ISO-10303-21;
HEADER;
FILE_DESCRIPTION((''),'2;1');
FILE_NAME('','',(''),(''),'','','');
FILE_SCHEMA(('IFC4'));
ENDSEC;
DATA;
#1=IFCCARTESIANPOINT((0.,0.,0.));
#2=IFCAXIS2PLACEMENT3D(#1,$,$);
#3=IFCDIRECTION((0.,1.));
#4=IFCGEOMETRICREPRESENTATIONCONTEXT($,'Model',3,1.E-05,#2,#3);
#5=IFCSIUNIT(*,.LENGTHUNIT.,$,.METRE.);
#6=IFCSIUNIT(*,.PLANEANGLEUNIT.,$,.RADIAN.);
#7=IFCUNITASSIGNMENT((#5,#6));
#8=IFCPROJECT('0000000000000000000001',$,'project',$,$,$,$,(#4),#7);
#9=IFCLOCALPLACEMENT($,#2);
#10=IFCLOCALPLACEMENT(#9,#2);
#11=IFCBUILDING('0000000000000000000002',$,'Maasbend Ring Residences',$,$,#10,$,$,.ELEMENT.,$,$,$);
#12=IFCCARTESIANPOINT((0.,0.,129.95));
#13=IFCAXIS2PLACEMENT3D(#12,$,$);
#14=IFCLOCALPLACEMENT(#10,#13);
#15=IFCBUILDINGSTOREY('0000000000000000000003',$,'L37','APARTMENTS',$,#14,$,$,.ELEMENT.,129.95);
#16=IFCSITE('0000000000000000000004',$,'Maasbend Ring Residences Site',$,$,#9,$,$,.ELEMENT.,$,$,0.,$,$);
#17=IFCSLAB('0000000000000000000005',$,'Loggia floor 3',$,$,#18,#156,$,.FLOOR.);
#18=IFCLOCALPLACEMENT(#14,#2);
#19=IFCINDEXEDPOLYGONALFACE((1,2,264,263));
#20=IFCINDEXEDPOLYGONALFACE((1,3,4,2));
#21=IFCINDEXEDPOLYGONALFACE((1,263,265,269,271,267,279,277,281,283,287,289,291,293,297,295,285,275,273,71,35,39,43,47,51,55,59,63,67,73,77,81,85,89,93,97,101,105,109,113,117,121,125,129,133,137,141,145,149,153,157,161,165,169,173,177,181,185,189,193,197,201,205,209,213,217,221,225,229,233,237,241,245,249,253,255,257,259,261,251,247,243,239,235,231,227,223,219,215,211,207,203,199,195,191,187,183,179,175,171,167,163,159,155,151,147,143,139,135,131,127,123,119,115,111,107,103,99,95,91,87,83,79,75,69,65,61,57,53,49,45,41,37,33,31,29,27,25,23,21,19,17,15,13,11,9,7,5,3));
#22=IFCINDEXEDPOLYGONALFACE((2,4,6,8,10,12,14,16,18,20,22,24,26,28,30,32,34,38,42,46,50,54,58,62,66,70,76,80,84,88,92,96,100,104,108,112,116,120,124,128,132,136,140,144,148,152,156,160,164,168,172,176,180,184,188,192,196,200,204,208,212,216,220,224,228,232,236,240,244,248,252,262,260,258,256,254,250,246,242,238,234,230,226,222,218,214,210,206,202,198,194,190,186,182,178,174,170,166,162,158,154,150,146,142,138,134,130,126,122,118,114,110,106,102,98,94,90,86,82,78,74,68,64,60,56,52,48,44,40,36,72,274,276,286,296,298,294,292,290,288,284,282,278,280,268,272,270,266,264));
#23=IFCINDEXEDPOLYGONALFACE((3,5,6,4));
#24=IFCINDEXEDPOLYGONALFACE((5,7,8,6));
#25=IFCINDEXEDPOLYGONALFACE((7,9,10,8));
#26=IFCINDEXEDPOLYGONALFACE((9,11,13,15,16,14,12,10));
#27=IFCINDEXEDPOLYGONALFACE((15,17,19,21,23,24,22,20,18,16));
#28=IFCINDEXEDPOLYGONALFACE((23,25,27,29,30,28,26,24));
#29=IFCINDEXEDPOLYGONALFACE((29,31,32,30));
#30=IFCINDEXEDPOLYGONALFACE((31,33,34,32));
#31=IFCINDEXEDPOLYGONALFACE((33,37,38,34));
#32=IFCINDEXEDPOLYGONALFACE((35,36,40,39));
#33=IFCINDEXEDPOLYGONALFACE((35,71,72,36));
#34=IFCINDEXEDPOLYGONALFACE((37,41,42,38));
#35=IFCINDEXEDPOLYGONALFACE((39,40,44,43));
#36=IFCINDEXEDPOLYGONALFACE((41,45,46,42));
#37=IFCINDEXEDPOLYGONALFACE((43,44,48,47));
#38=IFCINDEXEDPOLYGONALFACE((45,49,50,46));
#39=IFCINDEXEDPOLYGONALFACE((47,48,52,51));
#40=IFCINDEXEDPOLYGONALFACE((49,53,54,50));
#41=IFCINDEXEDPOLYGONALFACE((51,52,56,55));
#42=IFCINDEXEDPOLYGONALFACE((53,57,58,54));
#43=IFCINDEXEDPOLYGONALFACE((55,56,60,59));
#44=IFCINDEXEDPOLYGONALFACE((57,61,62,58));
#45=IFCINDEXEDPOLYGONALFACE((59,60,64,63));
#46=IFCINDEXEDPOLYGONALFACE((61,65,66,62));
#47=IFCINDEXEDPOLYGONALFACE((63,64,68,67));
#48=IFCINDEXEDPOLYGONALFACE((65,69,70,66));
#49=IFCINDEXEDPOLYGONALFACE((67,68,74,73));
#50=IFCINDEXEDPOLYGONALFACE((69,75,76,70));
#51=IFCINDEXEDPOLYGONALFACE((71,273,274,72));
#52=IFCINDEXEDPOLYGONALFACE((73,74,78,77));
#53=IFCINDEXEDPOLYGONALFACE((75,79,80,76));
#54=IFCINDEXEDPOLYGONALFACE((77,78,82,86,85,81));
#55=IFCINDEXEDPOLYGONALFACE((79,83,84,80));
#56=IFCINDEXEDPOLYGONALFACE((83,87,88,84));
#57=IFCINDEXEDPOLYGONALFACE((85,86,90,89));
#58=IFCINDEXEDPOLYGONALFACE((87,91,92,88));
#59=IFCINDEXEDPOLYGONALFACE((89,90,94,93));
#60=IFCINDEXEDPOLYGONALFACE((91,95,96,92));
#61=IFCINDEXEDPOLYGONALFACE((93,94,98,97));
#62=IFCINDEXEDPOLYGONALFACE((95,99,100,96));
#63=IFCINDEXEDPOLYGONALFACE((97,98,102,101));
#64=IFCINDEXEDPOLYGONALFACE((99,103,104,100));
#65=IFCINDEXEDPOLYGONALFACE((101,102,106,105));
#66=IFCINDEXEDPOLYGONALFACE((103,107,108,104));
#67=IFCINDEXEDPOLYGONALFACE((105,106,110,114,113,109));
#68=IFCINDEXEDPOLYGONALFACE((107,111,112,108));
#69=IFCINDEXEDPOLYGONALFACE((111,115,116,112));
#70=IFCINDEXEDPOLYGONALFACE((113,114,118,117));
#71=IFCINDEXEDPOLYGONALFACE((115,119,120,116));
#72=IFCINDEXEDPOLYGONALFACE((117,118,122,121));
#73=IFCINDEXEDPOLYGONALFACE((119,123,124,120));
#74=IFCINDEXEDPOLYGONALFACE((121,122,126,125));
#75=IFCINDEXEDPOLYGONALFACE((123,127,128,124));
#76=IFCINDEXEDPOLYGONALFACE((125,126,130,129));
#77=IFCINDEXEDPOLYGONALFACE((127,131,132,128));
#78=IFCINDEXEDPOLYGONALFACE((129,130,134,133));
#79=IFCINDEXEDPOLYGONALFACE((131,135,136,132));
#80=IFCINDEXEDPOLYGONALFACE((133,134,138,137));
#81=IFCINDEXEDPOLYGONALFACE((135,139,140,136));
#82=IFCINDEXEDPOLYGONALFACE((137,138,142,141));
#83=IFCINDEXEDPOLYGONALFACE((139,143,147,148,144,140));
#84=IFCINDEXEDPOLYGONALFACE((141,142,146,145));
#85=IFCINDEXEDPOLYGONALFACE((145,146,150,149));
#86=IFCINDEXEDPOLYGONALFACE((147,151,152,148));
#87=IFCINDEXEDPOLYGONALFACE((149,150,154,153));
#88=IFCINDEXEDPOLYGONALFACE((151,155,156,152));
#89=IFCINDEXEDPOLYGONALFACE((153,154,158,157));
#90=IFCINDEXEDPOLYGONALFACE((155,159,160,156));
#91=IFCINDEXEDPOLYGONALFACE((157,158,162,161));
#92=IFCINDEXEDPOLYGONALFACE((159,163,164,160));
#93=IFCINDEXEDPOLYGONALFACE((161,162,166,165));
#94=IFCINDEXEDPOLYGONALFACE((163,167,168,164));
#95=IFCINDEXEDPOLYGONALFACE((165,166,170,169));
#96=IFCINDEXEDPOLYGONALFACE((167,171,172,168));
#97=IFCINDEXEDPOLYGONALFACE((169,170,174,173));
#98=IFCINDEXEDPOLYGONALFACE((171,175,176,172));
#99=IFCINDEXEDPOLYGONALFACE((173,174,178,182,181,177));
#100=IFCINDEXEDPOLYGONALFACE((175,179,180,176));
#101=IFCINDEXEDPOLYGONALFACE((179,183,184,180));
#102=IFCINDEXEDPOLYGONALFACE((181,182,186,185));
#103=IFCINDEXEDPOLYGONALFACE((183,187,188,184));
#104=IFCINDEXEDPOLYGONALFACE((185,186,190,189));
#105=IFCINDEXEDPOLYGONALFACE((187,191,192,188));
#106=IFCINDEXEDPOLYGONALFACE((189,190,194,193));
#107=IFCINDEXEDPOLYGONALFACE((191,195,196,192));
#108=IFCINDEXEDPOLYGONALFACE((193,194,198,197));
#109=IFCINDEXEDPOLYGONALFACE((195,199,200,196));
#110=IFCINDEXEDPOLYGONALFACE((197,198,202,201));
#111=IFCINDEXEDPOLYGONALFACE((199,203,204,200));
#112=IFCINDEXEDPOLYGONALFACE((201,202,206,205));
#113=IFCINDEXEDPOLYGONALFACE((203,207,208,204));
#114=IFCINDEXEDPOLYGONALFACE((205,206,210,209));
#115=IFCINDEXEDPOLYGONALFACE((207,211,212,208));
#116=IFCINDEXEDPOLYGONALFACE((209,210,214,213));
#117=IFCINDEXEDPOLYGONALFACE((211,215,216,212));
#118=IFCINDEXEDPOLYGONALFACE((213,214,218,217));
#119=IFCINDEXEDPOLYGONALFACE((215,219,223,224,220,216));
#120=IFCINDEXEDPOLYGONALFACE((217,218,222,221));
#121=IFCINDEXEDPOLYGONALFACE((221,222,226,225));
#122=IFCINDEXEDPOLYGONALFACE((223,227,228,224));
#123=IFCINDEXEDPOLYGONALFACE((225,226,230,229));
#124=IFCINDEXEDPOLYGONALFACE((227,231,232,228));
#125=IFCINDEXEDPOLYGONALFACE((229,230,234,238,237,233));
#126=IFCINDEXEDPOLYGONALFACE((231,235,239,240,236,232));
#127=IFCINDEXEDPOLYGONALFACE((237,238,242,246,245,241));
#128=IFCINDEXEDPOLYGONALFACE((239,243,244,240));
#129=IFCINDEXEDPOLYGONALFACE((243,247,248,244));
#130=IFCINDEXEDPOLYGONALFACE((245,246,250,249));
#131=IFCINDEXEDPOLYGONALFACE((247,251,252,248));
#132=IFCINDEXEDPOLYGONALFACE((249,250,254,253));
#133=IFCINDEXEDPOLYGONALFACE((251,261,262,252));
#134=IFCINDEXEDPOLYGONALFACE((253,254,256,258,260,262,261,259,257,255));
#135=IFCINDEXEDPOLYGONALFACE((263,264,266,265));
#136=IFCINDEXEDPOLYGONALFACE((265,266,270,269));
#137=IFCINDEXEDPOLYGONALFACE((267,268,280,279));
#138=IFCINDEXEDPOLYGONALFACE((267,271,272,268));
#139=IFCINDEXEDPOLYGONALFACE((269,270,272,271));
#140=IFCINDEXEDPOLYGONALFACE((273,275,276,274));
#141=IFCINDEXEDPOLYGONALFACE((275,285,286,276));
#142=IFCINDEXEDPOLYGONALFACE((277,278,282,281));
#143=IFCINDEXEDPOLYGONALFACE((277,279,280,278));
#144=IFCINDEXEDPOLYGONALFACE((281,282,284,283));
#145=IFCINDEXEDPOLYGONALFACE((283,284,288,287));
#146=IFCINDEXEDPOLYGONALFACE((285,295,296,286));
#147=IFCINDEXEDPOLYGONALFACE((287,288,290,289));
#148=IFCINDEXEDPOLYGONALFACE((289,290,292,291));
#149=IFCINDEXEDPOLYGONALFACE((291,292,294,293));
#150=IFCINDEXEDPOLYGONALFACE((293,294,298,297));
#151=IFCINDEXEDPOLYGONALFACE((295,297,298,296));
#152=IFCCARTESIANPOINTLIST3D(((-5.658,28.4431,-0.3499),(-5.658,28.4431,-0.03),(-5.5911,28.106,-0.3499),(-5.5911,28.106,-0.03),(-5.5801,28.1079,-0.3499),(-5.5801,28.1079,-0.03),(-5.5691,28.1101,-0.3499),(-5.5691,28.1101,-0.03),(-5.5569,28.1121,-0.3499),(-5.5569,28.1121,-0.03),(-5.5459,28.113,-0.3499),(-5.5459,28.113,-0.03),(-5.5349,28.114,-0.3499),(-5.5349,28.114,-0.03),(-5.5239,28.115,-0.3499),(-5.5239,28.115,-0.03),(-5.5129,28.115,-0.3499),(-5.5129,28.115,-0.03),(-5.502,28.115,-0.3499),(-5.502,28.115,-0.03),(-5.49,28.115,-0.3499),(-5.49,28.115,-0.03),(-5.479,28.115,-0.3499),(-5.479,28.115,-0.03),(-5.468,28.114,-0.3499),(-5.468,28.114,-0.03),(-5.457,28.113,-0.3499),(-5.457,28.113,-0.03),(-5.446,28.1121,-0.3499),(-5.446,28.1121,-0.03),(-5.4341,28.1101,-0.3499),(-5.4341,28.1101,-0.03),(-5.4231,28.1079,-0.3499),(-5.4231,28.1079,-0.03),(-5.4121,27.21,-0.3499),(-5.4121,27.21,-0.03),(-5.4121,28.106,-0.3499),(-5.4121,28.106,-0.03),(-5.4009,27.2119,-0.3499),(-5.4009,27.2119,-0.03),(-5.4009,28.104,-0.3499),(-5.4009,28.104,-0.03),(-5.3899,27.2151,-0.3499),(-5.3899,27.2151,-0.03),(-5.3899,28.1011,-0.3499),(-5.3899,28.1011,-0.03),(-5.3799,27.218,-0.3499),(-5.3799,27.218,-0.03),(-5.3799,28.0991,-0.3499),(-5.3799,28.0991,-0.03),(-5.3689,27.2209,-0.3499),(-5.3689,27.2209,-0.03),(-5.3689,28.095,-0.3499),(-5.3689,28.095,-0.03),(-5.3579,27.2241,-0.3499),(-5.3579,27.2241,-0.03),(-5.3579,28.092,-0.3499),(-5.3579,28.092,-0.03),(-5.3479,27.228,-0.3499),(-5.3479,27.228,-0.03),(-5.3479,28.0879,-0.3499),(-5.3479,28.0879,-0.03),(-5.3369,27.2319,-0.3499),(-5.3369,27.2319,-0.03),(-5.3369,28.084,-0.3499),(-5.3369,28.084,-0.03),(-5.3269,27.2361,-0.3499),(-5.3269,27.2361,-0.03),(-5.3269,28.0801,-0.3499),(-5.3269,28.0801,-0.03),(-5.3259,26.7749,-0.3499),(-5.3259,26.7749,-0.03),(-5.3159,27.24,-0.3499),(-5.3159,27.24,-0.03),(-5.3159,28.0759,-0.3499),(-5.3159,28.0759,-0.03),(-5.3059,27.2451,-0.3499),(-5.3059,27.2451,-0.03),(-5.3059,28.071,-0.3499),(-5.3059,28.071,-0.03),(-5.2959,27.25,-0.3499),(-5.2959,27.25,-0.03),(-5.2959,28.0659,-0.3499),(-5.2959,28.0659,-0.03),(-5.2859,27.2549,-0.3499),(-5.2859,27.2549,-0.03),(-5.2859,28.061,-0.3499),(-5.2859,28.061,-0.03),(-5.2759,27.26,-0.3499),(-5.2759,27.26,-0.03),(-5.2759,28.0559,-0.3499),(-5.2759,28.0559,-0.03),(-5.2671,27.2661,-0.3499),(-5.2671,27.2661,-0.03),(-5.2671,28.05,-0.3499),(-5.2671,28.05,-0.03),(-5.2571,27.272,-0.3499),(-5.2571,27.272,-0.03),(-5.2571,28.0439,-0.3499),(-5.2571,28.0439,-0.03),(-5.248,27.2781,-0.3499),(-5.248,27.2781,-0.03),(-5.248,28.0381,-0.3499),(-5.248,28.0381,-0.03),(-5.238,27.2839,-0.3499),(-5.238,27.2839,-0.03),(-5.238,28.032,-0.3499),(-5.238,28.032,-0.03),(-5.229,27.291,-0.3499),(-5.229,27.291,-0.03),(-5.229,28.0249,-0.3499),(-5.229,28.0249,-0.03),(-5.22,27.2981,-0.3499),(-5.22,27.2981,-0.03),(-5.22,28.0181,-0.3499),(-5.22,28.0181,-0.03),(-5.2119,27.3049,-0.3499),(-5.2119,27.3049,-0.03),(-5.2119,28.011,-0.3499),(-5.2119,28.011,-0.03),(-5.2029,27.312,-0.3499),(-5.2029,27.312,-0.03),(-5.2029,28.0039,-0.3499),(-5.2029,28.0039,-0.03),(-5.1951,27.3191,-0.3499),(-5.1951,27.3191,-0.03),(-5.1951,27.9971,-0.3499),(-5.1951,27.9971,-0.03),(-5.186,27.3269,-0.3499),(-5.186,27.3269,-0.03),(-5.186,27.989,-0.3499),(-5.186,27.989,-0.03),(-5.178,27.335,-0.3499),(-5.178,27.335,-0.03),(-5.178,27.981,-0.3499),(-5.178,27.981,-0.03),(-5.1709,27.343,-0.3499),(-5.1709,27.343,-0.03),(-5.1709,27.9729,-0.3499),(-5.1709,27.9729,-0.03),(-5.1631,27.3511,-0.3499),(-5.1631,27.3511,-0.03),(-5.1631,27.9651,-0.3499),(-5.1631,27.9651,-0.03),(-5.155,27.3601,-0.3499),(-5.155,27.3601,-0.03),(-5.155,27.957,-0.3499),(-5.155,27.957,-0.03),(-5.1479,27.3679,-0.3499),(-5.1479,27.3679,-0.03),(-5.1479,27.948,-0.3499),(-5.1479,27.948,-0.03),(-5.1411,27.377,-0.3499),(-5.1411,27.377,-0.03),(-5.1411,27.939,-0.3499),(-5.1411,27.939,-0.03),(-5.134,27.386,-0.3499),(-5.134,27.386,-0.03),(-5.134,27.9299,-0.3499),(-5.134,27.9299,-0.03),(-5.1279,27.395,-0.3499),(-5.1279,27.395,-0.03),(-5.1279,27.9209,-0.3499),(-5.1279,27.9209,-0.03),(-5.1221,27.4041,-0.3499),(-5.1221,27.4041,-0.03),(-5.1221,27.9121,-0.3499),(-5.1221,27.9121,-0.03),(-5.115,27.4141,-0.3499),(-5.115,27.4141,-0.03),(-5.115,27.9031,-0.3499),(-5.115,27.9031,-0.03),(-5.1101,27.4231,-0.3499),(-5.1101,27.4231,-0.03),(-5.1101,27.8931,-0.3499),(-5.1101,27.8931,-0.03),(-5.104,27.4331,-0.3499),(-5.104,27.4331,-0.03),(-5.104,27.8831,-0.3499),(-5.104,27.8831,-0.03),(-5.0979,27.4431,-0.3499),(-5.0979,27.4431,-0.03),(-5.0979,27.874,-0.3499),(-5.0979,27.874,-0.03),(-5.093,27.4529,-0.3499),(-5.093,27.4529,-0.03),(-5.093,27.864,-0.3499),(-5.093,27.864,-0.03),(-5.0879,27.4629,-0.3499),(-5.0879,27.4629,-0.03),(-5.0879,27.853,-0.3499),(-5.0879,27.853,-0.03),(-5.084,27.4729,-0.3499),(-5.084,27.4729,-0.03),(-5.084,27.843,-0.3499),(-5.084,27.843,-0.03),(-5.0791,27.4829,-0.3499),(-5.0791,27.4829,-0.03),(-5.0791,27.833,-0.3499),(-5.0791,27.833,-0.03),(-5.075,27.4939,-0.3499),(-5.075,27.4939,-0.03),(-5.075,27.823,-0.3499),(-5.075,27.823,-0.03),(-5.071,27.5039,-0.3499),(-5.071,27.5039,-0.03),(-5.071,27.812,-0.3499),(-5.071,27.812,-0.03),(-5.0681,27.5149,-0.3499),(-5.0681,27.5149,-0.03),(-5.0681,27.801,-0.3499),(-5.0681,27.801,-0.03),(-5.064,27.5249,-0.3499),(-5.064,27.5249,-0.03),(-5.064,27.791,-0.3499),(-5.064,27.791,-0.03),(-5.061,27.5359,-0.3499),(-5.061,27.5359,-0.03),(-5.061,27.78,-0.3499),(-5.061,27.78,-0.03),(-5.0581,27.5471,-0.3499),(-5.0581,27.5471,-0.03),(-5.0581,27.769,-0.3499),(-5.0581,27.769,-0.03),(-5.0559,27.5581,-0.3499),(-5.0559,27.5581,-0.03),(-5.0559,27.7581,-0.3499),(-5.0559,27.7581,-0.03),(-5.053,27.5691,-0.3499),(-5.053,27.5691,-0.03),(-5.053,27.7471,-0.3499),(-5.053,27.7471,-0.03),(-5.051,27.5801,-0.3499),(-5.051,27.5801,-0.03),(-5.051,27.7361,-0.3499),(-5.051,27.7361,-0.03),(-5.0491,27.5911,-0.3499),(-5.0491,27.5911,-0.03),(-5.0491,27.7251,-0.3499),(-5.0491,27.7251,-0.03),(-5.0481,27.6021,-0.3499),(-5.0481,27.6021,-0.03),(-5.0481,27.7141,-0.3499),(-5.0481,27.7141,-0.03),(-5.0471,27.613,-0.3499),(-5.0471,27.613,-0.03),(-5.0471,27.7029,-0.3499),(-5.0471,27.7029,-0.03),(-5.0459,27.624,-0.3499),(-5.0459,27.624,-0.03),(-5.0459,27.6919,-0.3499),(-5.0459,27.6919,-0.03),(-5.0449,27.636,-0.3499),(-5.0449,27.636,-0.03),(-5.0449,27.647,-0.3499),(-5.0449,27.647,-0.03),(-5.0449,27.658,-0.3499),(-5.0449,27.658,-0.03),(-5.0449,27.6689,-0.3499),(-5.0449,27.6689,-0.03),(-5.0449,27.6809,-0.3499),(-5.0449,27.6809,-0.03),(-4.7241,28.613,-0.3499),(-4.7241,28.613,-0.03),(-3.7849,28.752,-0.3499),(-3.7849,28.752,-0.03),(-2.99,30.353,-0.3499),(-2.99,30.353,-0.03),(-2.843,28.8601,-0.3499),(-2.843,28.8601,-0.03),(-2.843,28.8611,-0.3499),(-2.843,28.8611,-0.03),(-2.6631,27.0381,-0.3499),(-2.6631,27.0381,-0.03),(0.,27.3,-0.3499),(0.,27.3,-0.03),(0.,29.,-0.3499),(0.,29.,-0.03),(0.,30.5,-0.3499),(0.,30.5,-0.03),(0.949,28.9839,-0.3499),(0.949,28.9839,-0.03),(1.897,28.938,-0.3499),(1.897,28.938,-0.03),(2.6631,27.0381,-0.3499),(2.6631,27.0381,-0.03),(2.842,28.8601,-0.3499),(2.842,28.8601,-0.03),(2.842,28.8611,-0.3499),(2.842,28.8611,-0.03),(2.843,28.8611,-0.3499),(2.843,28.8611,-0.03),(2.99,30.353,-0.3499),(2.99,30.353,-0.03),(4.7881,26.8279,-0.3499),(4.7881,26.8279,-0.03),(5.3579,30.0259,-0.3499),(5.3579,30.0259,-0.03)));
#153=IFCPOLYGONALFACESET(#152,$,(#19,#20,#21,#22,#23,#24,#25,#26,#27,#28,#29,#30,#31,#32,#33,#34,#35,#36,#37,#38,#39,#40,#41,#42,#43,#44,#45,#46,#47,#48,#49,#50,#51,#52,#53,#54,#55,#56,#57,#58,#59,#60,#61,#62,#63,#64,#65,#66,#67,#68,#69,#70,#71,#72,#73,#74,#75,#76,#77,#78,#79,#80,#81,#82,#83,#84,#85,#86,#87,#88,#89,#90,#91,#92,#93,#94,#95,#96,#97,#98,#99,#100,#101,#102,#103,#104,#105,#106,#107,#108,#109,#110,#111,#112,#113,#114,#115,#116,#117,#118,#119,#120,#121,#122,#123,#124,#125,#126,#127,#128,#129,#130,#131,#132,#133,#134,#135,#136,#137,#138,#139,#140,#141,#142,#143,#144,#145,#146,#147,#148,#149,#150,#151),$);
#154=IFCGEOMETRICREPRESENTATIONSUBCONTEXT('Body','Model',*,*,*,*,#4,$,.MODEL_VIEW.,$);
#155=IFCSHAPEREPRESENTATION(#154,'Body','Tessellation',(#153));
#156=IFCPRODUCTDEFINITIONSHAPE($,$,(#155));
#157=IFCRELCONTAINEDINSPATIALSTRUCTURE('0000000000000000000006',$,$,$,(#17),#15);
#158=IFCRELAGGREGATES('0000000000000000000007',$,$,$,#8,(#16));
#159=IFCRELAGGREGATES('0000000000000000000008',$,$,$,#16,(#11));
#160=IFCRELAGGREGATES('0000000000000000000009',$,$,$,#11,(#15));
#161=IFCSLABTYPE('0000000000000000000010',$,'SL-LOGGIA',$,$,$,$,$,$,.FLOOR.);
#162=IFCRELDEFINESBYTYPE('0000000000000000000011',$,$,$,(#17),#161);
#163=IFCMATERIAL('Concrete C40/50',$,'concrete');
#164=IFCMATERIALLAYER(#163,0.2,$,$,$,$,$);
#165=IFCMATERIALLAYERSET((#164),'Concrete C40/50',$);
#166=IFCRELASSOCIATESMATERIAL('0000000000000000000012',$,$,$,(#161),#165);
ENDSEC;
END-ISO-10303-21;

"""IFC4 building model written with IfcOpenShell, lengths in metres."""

from ifc_helpers import new_model, si_unit, direction, frame, origin, place, context, subcontext, project, spatial, polyline, outline, extrude, material, layer, layer_set, type_object, element, save


model = new_model("IFC4")

# Units and contexts
model_context = context("Model", 3, precision=1e-05, world=origin(), true_north=direction((0.0, 1.0)))
body_context = subcontext(model_context, "Body", "Model", "MODEL_VIEW")
ifc_project = project(units=[si_unit("LENGTHUNIT", "METRE"), si_unit("PLANEANGLEUNIT", "RADIAN")], contexts=[model_context])

# Site, building, storey
site_placement = place(None, origin())
site = spatial("IfcSite", under=ifc_project, at=site_placement, Name="Maasbend Ring Residences Site", CompositionType="ELEMENT", RefElevation=0.0)
building_placement = place(site_placement, origin())
building = spatial("IfcBuilding", under=site, at=building_placement, Name="Maasbend Ring Residences", CompositionType="ELEMENT")
storey_placement = place(building_placement, frame((0.0, 0.0, 129.95)))
storey = spatial("IfcBuildingStorey", under=building, at=storey_placement, Name="L37", Description="APARTMENTS", CompositionType="ELEMENT", Elevation=129.95)

# Slab
ifc_material_1 = material(Name="Concrete C40/50", Category="concrete")
ifc_layer_1 = layer(ifc_material_1, 0.2)
ifc_layer_set_1 = layer_set([ifc_layer_1], Name="Concrete C40/50")
slab_type_1 = type_object("IfcSlabType", Name="SL-LOGGIA", PredefinedType="FLOOR", material=ifc_layer_set_1)
slab_1_placement = place(storey_placement, frame((0.0, 0.0, -0.3499)))
element("IfcSlab", 1, at=slab_1_placement, inside=storey, type_object=slab_type_1, Name="Loggia floor 3", PredefinedType="FLOOR", context=body_context, shape_type="SweptSolid", body=[
    extrude(outline(polyline([(-3.7849, 28.752), (-2.843, 28.8601), (-2.843, 28.8601), (-2.843, 28.8601), (-2.843, 28.8601), (-2.843, 28.8601), (-2.843, 28.8601), (-2.843, 28.8601), (-2.843, 28.8601), (-2.843, 28.8601), (-2.843, 28.8611), (-2.843, 28.8611), (-2.843, 28.8611), (-2.843, 28.8611), (-2.843, 28.8611), (-2.843, 28.8611), (-2.843, 28.8611), (-2.843, 28.8611), (-2.99, 30.353), (-2.99, 30.353), (-2.99, 30.353), (0.0, 30.5), (0.0, 30.5), (0.0, 30.5), (0.0, 29.0), (0.0, 29.0), (0.0, 29.0), (0.0, 29.0), (0.0, 29.0), (0.0, 29.0), (0.0, 29.0), (0.0, 29.0), (0.0, 29.0), (0.0, 29.0), (0.0, 29.0), (0.0, 29.0), (0.0, 29.0), (0.0, 29.0), (0.0, 29.0), (0.0, 29.0), (0.0, 29.0), (0.949, 28.9839), (0.949, 28.9839), (1.897, 28.938), (1.897, 28.938), (2.842, 28.8601), (2.842, 28.8601), (2.842, 28.8601), (2.842, 28.8601), (2.842, 28.8601), (2.842, 28.8601), (2.842, 28.8601), (2.842, 28.8601), (2.842, 28.8611), (2.842, 28.8611), (2.842, 28.8611), (2.842, 28.8611), (2.842, 28.8611), (2.843, 28.8611), (2.843, 28.8611), (2.843, 28.8611), (2.843, 28.8611), (2.99, 30.353), (2.99, 30.353), (2.99, 30.353), (5.3579, 30.0259), (5.3579, 30.0259), (5.3579, 30.0259), (4.7881, 26.8279), (4.7881, 26.8279), (4.7881, 26.8279), (2.6631, 27.0381), (0.0, 27.3), (0.0, 27.3), (0.0, 27.3), (-2.6631, 27.0381), (-5.3259, 26.7749), (-5.3259, 26.7749), (-5.3259, 26.7749), (-5.4121, 27.21), (-5.4121, 27.21), (-5.4009, 27.2119), (-5.3899, 27.2151), (-5.3799, 27.218), (-5.3689, 27.2209), (-5.3579, 27.2241), (-5.3479, 27.228), (-5.3369, 27.2319), (-5.3269, 27.2361), (-5.3159, 27.24), (-5.3059, 27.2451), (-5.2959, 27.25), (-5.2859, 27.2549), (-5.2759, 27.26), (-5.2671, 27.2661), (-5.2571, 27.272), (-5.248, 27.2781), (-5.238, 27.2839), (-5.229, 27.291), (-5.22, 27.2981), (-5.2119, 27.3049), (-5.2029, 27.312), (-5.1951, 27.3191), (-5.186, 27.3269), (-5.178, 27.335), (-5.1709, 27.343), (-5.1631, 27.3511), (-5.155, 27.3601), (-5.1479, 27.3679), (-5.1411, 27.377), (-5.134, 27.386), (-5.1279, 27.395), (-5.1221, 27.4041), (-5.115, 27.4141), (-5.1101, 27.4231), (-5.104, 27.4331), (-5.0979, 27.4431), (-5.093, 27.4529), (-5.0879, 27.4629), (-5.084, 27.4729), (-5.0791, 27.4829), (-5.075, 27.4939), (-5.071, 27.5039), (-5.0681, 27.5149), (-5.064, 27.5249), (-5.061, 27.5359), (-5.0581, 27.5471), (-5.0559, 27.5581), (-5.053, 27.5691), (-5.051, 27.5801), (-5.0491, 27.5911), (-5.0481, 27.6021), (-5.0471, 27.613), (-5.0459, 27.624), (-5.0449, 27.636), (-5.0449, 27.647), (-5.0449, 27.658), (-5.0449, 27.6689), (-5.0449, 27.6809), (-5.0459, 27.6919), (-5.0471, 27.7029), (-5.0481, 27.7141), (-5.0491, 27.7251), (-5.051, 27.7361), (-5.053, 27.7471), (-5.0559, 27.7581), (-5.0581, 27.769), (-5.061, 27.78), (-5.064, 27.791), (-5.0681, 27.801), (-5.071, 27.812), (-5.075, 27.823), (-5.0791, 27.833), (-5.084, 27.843), (-5.0879, 27.853), (-5.093, 27.864), (-5.0979, 27.874), (-5.104, 27.8831), (-5.1101, 27.8931), (-5.115, 27.9031), (-5.1221, 27.9121), (-5.1279, 27.9209), (-5.134, 27.9299), (-5.1411, 27.939), (-5.1479, 27.948), (-5.155, 27.957), (-5.1631, 27.9651), (-5.1709, 27.9729), (-5.178, 27.981), (-5.186, 27.989), (-5.1951, 27.9971), (-5.2029, 28.0039), (-5.2119, 28.011), (-5.22, 28.0181), (-5.229, 28.0249), (-5.238, 28.032), (-5.248, 28.0381), (-5.2571, 28.0439), (-5.2671, 28.05), (-5.2759, 28.0559), (-5.2859, 28.061), (-5.2959, 28.0659), (-5.3059, 28.071), (-5.3159, 28.0759), (-5.3269, 28.0801), (-5.3369, 28.084), (-5.3479, 28.0879), (-5.3579, 28.092), (-5.3689, 28.095), (-5.3799, 28.0991), (-5.3899, 28.1011), (-5.4009, 28.104), (-5.4121, 28.106), (-5.4231, 28.1079), (-5.4341, 28.1101), (-5.446, 28.1121), (-5.457, 28.113), (-5.468, 28.114), (-5.479, 28.115), (-5.49, 28.115), (-5.502, 28.115), (-5.5129, 28.115), (-5.5239, 28.115), (-5.5349, 28.114), (-5.5459, 28.113), (-5.5569, 28.1121), (-5.5691, 28.1101), (-5.5801, 28.1079), (-5.5911, 28.106), (-5.5911, 28.106), (-5.658, 28.4431), (-5.658, 28.4431), (-5.658, 28.4431), (-4.7241, 28.613), (-4.7241, 28.613), (-3.7849, 28.752), (-3.7849, 28.752)])), origin(), (0.0, 0.0, 1.0), 0.3198),
])

save(model, "model.ifc")
